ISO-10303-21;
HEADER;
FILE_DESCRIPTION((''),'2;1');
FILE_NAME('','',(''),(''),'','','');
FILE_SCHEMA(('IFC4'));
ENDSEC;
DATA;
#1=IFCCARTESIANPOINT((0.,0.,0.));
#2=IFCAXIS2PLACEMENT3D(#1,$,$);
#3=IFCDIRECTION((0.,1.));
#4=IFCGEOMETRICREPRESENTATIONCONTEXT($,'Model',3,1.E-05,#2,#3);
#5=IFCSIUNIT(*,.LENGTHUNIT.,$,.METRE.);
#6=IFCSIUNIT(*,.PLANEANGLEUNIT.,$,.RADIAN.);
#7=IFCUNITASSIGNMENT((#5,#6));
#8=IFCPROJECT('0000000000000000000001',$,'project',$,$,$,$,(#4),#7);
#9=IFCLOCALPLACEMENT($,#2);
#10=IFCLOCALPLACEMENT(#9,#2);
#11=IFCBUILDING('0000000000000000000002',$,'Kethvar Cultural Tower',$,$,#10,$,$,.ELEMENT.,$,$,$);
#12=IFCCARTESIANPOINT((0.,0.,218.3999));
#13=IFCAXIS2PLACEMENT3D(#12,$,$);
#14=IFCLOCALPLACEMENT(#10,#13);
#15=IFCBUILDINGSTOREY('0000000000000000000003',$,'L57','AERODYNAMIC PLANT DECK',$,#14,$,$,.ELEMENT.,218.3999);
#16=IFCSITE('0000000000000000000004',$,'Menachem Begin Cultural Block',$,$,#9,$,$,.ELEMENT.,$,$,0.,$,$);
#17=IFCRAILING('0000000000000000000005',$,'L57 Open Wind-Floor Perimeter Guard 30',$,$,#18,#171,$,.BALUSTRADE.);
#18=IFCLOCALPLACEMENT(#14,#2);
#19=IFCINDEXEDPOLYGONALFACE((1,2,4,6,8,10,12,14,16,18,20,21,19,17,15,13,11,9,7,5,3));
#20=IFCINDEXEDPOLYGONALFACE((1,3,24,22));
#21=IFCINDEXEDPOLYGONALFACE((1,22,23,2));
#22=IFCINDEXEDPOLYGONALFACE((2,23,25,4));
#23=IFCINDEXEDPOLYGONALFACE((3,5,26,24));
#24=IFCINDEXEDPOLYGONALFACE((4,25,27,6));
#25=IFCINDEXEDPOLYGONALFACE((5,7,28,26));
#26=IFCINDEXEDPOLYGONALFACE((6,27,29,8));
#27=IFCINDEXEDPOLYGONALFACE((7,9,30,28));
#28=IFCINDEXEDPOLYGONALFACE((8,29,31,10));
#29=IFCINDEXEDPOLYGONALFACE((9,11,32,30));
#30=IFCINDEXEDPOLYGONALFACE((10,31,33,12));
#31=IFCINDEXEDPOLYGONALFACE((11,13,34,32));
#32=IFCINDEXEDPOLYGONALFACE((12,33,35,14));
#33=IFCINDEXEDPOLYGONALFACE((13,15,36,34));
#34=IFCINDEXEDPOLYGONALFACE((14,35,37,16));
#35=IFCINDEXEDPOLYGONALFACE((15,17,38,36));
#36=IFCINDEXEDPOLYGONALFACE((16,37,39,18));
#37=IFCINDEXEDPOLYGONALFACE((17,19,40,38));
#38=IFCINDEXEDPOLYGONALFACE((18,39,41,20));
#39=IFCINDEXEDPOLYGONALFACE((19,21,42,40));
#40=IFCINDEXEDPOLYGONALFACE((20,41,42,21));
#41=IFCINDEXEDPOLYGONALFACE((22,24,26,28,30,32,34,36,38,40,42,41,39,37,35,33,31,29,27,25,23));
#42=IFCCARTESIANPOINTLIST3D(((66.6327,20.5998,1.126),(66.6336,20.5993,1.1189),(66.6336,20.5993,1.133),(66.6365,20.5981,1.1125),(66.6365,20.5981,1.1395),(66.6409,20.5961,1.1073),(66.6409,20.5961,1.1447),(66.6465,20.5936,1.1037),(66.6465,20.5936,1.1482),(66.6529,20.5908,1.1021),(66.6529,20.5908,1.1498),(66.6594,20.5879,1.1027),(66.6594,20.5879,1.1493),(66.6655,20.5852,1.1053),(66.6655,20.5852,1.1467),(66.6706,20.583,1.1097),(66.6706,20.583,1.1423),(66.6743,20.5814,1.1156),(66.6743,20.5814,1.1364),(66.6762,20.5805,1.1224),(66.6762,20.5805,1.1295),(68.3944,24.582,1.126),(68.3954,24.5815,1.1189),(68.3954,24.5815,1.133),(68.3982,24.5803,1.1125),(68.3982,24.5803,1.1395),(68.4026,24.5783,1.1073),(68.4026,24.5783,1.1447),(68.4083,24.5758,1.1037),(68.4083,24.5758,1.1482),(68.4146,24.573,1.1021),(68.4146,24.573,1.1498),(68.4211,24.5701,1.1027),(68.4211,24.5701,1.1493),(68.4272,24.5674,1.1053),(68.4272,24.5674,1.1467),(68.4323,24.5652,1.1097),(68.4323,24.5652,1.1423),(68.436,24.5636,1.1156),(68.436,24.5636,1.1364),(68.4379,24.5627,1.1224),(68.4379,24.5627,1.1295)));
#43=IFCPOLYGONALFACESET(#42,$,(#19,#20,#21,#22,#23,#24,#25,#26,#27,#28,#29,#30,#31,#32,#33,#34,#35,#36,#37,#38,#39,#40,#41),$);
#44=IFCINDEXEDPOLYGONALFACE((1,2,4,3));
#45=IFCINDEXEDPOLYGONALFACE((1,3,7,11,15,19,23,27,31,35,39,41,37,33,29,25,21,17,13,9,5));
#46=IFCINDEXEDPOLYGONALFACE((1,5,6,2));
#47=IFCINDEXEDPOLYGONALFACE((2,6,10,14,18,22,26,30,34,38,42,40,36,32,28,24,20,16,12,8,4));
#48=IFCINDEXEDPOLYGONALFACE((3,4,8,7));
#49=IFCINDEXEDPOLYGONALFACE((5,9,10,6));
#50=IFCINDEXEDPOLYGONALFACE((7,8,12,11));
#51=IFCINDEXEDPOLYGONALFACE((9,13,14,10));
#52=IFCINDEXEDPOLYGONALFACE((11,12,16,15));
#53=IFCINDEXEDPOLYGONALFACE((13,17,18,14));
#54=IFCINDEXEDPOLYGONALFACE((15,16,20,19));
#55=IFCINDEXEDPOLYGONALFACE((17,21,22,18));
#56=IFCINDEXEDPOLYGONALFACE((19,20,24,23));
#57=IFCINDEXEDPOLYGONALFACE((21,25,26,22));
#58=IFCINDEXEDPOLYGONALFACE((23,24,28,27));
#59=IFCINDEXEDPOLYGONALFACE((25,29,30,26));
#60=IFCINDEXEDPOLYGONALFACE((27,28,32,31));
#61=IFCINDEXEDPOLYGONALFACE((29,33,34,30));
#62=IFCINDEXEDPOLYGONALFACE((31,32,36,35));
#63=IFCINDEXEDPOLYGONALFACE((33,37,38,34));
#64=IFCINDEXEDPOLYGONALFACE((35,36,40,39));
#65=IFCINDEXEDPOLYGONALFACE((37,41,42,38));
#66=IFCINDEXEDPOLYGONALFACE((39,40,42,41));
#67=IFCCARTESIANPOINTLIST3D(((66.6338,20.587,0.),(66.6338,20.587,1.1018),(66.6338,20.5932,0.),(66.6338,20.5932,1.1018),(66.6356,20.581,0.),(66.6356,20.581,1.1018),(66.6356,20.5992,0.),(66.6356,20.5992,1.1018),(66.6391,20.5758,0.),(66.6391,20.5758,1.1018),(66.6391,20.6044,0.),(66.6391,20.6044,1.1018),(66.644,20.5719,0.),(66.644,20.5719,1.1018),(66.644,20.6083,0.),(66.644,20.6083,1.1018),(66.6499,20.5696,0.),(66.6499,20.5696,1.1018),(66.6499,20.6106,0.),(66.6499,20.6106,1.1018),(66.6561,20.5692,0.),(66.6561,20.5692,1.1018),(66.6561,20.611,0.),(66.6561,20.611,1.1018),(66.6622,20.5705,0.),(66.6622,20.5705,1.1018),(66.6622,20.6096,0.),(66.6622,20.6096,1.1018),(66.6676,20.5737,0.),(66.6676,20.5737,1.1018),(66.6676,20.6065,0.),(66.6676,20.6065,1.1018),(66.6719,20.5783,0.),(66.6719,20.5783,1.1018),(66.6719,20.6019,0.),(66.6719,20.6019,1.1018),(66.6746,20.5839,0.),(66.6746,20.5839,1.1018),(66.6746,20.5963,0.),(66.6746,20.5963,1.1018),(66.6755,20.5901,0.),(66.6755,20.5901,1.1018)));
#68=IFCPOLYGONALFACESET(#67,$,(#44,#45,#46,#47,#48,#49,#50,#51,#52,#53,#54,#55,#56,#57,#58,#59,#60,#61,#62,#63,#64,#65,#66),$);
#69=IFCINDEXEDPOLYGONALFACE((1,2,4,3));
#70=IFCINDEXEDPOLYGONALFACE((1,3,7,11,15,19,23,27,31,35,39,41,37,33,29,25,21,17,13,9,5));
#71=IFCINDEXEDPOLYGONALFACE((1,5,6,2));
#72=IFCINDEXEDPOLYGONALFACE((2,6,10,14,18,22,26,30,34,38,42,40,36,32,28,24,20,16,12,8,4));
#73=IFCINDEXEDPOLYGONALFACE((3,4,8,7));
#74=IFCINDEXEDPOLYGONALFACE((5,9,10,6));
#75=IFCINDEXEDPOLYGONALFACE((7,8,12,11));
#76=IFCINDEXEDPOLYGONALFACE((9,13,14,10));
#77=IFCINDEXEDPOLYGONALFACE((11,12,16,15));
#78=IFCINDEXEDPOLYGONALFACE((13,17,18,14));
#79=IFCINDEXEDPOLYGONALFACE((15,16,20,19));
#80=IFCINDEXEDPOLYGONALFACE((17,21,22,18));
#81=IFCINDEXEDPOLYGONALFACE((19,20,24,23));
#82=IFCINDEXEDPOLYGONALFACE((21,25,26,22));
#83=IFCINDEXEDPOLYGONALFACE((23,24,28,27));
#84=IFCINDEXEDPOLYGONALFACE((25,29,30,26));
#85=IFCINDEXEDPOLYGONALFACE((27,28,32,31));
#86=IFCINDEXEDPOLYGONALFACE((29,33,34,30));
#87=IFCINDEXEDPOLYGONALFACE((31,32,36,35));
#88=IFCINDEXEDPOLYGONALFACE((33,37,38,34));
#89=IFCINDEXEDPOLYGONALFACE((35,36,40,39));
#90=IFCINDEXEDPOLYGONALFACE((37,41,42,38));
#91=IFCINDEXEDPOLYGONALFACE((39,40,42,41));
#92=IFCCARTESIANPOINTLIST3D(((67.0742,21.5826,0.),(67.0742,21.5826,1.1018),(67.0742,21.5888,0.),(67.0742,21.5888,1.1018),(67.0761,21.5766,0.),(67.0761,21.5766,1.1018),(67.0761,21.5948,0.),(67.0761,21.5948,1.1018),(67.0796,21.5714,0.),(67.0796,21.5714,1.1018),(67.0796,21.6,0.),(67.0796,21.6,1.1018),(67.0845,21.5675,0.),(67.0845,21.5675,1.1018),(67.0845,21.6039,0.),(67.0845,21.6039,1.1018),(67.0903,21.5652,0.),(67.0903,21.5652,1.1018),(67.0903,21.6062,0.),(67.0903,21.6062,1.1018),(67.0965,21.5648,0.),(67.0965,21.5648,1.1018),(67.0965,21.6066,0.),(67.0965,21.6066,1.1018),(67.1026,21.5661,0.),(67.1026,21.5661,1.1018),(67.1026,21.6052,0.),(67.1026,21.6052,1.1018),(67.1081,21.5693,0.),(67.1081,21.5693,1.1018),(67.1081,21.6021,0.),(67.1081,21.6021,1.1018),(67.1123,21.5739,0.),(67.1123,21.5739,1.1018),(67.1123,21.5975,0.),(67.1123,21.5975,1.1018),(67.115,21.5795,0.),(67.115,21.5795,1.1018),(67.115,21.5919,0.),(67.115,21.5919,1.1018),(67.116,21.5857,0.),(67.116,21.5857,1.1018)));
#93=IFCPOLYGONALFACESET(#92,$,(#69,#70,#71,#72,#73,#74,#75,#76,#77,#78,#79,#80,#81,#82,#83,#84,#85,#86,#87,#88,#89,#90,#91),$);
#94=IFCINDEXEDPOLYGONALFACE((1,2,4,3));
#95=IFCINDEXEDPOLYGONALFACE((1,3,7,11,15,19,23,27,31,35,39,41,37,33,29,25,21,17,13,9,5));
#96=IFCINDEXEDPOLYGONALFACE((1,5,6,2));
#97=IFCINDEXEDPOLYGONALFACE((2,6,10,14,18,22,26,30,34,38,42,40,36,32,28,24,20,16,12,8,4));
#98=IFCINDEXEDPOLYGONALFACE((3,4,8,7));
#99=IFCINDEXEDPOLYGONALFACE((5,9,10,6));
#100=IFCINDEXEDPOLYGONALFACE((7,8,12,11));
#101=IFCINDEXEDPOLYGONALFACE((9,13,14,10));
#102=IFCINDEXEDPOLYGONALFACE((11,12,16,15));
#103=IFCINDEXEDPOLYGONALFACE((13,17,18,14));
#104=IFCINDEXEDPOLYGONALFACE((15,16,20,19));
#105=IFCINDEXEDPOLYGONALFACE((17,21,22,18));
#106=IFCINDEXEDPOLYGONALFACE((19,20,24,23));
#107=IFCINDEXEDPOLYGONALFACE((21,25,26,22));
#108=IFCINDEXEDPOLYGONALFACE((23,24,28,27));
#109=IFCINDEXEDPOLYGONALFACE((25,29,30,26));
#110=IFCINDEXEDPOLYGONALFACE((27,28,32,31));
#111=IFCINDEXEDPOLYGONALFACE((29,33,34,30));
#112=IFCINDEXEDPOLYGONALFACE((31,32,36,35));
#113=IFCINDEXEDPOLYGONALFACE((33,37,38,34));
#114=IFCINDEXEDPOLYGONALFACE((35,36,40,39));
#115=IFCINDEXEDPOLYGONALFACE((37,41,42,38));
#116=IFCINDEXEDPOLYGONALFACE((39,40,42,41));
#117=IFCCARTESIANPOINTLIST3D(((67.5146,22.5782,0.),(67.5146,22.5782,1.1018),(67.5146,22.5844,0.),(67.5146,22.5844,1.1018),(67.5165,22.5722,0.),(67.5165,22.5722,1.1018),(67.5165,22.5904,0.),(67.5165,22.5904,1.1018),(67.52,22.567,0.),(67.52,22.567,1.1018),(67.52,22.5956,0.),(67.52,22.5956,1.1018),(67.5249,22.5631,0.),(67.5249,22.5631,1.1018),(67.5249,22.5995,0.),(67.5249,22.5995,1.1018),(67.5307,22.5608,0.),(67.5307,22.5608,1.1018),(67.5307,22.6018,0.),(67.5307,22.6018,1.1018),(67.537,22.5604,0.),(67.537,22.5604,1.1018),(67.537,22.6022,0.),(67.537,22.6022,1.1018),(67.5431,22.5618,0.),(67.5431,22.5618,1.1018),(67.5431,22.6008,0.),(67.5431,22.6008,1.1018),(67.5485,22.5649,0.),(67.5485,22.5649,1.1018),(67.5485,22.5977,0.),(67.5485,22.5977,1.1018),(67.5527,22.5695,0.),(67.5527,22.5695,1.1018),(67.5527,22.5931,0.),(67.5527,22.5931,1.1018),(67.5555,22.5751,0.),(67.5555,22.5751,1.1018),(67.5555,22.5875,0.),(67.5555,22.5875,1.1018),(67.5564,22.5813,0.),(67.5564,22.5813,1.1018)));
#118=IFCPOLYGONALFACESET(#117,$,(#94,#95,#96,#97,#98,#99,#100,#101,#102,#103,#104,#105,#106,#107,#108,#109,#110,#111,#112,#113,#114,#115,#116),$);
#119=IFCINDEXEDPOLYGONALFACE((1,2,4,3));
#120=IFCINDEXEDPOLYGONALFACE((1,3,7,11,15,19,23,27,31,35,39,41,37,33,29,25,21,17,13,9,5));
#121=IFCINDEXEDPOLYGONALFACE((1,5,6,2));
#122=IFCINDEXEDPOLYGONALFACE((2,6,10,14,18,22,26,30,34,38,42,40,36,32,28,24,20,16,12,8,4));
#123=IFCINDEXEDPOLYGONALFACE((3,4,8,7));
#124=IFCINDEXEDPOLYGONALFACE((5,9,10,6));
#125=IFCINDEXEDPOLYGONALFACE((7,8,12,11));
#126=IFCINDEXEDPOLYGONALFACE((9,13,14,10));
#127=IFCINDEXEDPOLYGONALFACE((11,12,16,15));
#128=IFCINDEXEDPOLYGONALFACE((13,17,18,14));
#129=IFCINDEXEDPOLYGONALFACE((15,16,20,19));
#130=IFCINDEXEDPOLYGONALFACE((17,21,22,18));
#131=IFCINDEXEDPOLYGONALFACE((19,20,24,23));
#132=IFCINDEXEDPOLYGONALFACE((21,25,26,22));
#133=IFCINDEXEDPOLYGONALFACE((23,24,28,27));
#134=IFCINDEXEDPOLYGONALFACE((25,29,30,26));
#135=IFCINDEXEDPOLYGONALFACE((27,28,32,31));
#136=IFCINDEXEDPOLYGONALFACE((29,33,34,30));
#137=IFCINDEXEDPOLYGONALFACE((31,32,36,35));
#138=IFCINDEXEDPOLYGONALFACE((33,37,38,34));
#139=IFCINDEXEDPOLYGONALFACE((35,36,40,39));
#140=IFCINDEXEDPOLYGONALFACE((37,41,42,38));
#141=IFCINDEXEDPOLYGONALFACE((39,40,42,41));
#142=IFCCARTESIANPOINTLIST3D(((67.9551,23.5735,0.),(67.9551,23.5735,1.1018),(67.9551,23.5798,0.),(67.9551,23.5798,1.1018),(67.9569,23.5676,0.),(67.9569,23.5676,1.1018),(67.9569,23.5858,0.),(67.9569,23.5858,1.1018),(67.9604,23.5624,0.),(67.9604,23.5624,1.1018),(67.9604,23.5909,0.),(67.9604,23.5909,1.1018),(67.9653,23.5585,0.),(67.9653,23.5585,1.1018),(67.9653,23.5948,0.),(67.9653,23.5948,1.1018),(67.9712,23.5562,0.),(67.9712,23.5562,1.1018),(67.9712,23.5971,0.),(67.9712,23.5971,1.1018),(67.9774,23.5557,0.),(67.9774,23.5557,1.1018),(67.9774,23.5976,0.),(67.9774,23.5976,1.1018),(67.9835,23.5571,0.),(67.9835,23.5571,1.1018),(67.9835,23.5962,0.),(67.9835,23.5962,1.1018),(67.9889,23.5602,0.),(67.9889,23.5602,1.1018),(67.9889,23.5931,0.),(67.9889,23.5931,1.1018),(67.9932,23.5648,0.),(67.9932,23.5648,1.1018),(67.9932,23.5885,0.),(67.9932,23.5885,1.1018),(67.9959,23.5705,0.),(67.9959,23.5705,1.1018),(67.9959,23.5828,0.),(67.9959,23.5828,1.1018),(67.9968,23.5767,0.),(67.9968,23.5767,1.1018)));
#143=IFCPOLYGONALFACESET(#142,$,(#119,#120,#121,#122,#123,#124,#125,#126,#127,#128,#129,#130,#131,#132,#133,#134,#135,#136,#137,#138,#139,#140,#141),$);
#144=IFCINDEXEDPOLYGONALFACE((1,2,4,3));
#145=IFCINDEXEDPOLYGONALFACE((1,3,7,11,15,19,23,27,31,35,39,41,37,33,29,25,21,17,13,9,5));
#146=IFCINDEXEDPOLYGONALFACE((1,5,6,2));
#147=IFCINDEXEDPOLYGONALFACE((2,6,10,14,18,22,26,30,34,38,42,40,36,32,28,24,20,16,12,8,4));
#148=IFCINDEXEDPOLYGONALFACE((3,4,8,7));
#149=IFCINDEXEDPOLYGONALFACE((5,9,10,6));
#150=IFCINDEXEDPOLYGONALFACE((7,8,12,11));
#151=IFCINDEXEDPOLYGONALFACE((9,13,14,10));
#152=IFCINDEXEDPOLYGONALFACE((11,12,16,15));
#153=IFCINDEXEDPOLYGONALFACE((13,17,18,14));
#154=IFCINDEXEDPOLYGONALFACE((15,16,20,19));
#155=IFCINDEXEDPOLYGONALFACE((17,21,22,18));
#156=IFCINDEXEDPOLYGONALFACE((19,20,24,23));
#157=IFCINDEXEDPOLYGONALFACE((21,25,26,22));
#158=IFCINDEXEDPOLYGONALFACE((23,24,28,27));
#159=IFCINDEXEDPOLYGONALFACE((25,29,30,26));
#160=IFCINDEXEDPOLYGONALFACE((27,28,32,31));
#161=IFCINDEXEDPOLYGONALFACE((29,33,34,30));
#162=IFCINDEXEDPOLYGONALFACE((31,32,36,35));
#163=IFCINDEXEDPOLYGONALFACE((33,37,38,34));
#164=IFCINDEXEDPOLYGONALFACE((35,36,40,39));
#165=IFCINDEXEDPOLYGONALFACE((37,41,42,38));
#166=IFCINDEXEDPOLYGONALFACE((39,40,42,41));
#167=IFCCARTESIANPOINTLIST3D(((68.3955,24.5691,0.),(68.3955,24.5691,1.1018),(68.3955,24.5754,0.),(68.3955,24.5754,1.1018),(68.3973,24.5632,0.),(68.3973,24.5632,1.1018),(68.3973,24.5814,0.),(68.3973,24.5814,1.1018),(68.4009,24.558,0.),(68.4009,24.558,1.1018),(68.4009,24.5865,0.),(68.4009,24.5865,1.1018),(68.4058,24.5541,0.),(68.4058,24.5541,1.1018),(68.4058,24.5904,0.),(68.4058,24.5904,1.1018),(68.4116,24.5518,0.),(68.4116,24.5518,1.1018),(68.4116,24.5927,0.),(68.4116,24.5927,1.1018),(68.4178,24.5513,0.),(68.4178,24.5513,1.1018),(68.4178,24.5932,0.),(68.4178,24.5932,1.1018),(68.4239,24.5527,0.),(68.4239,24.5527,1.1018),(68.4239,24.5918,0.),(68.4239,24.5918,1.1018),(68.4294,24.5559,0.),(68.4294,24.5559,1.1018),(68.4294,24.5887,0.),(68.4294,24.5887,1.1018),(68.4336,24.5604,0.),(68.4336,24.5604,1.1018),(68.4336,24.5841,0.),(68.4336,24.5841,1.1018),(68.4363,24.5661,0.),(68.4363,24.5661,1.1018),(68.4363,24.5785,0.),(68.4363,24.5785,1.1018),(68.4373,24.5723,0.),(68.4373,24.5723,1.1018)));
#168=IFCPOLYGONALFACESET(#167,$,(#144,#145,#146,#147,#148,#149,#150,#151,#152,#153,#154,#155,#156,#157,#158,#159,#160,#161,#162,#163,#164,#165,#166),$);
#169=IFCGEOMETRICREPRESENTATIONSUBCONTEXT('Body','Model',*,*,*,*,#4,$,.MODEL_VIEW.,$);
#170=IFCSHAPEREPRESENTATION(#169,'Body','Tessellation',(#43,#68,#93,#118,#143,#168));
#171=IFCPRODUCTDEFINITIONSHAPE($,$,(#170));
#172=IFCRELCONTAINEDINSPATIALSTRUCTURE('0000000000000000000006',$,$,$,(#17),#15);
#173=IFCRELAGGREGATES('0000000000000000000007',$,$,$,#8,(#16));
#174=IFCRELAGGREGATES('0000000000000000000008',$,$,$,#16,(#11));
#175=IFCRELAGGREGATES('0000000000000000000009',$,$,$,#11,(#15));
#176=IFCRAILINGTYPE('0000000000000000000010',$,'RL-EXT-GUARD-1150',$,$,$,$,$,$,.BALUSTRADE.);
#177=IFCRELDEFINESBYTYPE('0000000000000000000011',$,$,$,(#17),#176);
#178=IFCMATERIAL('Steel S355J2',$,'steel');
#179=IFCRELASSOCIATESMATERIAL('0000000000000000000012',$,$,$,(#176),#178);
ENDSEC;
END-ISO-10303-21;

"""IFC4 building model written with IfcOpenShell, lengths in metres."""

from ifc_helpers import new_model, si_unit, direction, frame, origin, origin_2d, place, context, subcontext, project, spatial, circle, extrude, material, type_object, element, save


model = new_model("IFC4")

# Units and contexts
model_context = context("Model", 3, precision=1e-05, world=origin(), true_north=direction((0.0, 1.0)))
body_context = subcontext(model_context, "Body", "Model", "MODEL_VIEW")
ifc_project = project(units=[si_unit("LENGTHUNIT", "METRE"), si_unit("PLANEANGLEUNIT", "RADIAN")], contexts=[model_context])

# Site, building, storey
site_placement = place(None, origin())
site = spatial("IfcSite", under=ifc_project, at=site_placement, Name="Menachem Begin Cultural Block", CompositionType="ELEMENT", RefElevation=0.0)
building_placement = place(site_placement, origin())
building = spatial("IfcBuilding", under=site, at=building_placement, Name="Kethvar Cultural Tower", CompositionType="ELEMENT")
storey_placement = place(building_placement, frame((0.0, 0.0, 218.3999)))
storey = spatial("IfcBuildingStorey", under=building, at=storey_placement, Name="L57", Description="AERODYNAMIC PLANT DECK", CompositionType="ELEMENT", Elevation=218.3999)

# Shared definitions
ifc_material_1 = material(Name="Steel S355J2", Category="steel")

# Railing
railing_type_1 = type_object("IfcRailingType", Name="RL-EXT-GUARD-1150", PredefinedType="BALUSTRADE", material=ifc_material_1)
railing_1_placement = place(storey_placement, frame((66.6545, 20.5901, 0.0)))
element("IfcRailing", 1, at=railing_1_placement, inside=storey, type_object=railing_type_1, Name="L57 Open Wind-Floor Perimeter Guard 30", PredefinedType="BALUSTRADE", context=body_context, shape_type="SweptSolid", body=[
    extrude(circle(Radius=0.0239, at=origin_2d()), frame((0.0, 0.0, 1.126), z_axis=(0.404577, 0.914504, 0.0), x_axis=(-0.914504, 0.404577, 0.0)), (0.0, 0.0, 1.0), 4.3545),
    extrude(circle(Radius=0.021, at=origin_2d()), origin(), (0.0, 0.0, 1.0), 1.1018),
    extrude(circle(Radius=0.021, at=origin_2d()), frame((0.4404, 0.9956, 0.0)), (0.0, 0.0, 1.0), 1.1018),
    extrude(circle(Radius=0.021, at=origin_2d()), frame((0.8809, 1.9912, 0.0)), (0.0, 0.0, 1.0), 1.1018),
    extrude(circle(Radius=0.021, at=origin_2d()), frame((1.3213, 2.9866, 0.0)), (0.0, 0.0, 1.0), 1.1018),
    extrude(circle(Radius=0.021, at=origin_2d()), frame((1.7617, 3.9822, 0.0)), (0.0, 0.0, 1.0), 1.1018),
])

save(model, "model.ifc")
